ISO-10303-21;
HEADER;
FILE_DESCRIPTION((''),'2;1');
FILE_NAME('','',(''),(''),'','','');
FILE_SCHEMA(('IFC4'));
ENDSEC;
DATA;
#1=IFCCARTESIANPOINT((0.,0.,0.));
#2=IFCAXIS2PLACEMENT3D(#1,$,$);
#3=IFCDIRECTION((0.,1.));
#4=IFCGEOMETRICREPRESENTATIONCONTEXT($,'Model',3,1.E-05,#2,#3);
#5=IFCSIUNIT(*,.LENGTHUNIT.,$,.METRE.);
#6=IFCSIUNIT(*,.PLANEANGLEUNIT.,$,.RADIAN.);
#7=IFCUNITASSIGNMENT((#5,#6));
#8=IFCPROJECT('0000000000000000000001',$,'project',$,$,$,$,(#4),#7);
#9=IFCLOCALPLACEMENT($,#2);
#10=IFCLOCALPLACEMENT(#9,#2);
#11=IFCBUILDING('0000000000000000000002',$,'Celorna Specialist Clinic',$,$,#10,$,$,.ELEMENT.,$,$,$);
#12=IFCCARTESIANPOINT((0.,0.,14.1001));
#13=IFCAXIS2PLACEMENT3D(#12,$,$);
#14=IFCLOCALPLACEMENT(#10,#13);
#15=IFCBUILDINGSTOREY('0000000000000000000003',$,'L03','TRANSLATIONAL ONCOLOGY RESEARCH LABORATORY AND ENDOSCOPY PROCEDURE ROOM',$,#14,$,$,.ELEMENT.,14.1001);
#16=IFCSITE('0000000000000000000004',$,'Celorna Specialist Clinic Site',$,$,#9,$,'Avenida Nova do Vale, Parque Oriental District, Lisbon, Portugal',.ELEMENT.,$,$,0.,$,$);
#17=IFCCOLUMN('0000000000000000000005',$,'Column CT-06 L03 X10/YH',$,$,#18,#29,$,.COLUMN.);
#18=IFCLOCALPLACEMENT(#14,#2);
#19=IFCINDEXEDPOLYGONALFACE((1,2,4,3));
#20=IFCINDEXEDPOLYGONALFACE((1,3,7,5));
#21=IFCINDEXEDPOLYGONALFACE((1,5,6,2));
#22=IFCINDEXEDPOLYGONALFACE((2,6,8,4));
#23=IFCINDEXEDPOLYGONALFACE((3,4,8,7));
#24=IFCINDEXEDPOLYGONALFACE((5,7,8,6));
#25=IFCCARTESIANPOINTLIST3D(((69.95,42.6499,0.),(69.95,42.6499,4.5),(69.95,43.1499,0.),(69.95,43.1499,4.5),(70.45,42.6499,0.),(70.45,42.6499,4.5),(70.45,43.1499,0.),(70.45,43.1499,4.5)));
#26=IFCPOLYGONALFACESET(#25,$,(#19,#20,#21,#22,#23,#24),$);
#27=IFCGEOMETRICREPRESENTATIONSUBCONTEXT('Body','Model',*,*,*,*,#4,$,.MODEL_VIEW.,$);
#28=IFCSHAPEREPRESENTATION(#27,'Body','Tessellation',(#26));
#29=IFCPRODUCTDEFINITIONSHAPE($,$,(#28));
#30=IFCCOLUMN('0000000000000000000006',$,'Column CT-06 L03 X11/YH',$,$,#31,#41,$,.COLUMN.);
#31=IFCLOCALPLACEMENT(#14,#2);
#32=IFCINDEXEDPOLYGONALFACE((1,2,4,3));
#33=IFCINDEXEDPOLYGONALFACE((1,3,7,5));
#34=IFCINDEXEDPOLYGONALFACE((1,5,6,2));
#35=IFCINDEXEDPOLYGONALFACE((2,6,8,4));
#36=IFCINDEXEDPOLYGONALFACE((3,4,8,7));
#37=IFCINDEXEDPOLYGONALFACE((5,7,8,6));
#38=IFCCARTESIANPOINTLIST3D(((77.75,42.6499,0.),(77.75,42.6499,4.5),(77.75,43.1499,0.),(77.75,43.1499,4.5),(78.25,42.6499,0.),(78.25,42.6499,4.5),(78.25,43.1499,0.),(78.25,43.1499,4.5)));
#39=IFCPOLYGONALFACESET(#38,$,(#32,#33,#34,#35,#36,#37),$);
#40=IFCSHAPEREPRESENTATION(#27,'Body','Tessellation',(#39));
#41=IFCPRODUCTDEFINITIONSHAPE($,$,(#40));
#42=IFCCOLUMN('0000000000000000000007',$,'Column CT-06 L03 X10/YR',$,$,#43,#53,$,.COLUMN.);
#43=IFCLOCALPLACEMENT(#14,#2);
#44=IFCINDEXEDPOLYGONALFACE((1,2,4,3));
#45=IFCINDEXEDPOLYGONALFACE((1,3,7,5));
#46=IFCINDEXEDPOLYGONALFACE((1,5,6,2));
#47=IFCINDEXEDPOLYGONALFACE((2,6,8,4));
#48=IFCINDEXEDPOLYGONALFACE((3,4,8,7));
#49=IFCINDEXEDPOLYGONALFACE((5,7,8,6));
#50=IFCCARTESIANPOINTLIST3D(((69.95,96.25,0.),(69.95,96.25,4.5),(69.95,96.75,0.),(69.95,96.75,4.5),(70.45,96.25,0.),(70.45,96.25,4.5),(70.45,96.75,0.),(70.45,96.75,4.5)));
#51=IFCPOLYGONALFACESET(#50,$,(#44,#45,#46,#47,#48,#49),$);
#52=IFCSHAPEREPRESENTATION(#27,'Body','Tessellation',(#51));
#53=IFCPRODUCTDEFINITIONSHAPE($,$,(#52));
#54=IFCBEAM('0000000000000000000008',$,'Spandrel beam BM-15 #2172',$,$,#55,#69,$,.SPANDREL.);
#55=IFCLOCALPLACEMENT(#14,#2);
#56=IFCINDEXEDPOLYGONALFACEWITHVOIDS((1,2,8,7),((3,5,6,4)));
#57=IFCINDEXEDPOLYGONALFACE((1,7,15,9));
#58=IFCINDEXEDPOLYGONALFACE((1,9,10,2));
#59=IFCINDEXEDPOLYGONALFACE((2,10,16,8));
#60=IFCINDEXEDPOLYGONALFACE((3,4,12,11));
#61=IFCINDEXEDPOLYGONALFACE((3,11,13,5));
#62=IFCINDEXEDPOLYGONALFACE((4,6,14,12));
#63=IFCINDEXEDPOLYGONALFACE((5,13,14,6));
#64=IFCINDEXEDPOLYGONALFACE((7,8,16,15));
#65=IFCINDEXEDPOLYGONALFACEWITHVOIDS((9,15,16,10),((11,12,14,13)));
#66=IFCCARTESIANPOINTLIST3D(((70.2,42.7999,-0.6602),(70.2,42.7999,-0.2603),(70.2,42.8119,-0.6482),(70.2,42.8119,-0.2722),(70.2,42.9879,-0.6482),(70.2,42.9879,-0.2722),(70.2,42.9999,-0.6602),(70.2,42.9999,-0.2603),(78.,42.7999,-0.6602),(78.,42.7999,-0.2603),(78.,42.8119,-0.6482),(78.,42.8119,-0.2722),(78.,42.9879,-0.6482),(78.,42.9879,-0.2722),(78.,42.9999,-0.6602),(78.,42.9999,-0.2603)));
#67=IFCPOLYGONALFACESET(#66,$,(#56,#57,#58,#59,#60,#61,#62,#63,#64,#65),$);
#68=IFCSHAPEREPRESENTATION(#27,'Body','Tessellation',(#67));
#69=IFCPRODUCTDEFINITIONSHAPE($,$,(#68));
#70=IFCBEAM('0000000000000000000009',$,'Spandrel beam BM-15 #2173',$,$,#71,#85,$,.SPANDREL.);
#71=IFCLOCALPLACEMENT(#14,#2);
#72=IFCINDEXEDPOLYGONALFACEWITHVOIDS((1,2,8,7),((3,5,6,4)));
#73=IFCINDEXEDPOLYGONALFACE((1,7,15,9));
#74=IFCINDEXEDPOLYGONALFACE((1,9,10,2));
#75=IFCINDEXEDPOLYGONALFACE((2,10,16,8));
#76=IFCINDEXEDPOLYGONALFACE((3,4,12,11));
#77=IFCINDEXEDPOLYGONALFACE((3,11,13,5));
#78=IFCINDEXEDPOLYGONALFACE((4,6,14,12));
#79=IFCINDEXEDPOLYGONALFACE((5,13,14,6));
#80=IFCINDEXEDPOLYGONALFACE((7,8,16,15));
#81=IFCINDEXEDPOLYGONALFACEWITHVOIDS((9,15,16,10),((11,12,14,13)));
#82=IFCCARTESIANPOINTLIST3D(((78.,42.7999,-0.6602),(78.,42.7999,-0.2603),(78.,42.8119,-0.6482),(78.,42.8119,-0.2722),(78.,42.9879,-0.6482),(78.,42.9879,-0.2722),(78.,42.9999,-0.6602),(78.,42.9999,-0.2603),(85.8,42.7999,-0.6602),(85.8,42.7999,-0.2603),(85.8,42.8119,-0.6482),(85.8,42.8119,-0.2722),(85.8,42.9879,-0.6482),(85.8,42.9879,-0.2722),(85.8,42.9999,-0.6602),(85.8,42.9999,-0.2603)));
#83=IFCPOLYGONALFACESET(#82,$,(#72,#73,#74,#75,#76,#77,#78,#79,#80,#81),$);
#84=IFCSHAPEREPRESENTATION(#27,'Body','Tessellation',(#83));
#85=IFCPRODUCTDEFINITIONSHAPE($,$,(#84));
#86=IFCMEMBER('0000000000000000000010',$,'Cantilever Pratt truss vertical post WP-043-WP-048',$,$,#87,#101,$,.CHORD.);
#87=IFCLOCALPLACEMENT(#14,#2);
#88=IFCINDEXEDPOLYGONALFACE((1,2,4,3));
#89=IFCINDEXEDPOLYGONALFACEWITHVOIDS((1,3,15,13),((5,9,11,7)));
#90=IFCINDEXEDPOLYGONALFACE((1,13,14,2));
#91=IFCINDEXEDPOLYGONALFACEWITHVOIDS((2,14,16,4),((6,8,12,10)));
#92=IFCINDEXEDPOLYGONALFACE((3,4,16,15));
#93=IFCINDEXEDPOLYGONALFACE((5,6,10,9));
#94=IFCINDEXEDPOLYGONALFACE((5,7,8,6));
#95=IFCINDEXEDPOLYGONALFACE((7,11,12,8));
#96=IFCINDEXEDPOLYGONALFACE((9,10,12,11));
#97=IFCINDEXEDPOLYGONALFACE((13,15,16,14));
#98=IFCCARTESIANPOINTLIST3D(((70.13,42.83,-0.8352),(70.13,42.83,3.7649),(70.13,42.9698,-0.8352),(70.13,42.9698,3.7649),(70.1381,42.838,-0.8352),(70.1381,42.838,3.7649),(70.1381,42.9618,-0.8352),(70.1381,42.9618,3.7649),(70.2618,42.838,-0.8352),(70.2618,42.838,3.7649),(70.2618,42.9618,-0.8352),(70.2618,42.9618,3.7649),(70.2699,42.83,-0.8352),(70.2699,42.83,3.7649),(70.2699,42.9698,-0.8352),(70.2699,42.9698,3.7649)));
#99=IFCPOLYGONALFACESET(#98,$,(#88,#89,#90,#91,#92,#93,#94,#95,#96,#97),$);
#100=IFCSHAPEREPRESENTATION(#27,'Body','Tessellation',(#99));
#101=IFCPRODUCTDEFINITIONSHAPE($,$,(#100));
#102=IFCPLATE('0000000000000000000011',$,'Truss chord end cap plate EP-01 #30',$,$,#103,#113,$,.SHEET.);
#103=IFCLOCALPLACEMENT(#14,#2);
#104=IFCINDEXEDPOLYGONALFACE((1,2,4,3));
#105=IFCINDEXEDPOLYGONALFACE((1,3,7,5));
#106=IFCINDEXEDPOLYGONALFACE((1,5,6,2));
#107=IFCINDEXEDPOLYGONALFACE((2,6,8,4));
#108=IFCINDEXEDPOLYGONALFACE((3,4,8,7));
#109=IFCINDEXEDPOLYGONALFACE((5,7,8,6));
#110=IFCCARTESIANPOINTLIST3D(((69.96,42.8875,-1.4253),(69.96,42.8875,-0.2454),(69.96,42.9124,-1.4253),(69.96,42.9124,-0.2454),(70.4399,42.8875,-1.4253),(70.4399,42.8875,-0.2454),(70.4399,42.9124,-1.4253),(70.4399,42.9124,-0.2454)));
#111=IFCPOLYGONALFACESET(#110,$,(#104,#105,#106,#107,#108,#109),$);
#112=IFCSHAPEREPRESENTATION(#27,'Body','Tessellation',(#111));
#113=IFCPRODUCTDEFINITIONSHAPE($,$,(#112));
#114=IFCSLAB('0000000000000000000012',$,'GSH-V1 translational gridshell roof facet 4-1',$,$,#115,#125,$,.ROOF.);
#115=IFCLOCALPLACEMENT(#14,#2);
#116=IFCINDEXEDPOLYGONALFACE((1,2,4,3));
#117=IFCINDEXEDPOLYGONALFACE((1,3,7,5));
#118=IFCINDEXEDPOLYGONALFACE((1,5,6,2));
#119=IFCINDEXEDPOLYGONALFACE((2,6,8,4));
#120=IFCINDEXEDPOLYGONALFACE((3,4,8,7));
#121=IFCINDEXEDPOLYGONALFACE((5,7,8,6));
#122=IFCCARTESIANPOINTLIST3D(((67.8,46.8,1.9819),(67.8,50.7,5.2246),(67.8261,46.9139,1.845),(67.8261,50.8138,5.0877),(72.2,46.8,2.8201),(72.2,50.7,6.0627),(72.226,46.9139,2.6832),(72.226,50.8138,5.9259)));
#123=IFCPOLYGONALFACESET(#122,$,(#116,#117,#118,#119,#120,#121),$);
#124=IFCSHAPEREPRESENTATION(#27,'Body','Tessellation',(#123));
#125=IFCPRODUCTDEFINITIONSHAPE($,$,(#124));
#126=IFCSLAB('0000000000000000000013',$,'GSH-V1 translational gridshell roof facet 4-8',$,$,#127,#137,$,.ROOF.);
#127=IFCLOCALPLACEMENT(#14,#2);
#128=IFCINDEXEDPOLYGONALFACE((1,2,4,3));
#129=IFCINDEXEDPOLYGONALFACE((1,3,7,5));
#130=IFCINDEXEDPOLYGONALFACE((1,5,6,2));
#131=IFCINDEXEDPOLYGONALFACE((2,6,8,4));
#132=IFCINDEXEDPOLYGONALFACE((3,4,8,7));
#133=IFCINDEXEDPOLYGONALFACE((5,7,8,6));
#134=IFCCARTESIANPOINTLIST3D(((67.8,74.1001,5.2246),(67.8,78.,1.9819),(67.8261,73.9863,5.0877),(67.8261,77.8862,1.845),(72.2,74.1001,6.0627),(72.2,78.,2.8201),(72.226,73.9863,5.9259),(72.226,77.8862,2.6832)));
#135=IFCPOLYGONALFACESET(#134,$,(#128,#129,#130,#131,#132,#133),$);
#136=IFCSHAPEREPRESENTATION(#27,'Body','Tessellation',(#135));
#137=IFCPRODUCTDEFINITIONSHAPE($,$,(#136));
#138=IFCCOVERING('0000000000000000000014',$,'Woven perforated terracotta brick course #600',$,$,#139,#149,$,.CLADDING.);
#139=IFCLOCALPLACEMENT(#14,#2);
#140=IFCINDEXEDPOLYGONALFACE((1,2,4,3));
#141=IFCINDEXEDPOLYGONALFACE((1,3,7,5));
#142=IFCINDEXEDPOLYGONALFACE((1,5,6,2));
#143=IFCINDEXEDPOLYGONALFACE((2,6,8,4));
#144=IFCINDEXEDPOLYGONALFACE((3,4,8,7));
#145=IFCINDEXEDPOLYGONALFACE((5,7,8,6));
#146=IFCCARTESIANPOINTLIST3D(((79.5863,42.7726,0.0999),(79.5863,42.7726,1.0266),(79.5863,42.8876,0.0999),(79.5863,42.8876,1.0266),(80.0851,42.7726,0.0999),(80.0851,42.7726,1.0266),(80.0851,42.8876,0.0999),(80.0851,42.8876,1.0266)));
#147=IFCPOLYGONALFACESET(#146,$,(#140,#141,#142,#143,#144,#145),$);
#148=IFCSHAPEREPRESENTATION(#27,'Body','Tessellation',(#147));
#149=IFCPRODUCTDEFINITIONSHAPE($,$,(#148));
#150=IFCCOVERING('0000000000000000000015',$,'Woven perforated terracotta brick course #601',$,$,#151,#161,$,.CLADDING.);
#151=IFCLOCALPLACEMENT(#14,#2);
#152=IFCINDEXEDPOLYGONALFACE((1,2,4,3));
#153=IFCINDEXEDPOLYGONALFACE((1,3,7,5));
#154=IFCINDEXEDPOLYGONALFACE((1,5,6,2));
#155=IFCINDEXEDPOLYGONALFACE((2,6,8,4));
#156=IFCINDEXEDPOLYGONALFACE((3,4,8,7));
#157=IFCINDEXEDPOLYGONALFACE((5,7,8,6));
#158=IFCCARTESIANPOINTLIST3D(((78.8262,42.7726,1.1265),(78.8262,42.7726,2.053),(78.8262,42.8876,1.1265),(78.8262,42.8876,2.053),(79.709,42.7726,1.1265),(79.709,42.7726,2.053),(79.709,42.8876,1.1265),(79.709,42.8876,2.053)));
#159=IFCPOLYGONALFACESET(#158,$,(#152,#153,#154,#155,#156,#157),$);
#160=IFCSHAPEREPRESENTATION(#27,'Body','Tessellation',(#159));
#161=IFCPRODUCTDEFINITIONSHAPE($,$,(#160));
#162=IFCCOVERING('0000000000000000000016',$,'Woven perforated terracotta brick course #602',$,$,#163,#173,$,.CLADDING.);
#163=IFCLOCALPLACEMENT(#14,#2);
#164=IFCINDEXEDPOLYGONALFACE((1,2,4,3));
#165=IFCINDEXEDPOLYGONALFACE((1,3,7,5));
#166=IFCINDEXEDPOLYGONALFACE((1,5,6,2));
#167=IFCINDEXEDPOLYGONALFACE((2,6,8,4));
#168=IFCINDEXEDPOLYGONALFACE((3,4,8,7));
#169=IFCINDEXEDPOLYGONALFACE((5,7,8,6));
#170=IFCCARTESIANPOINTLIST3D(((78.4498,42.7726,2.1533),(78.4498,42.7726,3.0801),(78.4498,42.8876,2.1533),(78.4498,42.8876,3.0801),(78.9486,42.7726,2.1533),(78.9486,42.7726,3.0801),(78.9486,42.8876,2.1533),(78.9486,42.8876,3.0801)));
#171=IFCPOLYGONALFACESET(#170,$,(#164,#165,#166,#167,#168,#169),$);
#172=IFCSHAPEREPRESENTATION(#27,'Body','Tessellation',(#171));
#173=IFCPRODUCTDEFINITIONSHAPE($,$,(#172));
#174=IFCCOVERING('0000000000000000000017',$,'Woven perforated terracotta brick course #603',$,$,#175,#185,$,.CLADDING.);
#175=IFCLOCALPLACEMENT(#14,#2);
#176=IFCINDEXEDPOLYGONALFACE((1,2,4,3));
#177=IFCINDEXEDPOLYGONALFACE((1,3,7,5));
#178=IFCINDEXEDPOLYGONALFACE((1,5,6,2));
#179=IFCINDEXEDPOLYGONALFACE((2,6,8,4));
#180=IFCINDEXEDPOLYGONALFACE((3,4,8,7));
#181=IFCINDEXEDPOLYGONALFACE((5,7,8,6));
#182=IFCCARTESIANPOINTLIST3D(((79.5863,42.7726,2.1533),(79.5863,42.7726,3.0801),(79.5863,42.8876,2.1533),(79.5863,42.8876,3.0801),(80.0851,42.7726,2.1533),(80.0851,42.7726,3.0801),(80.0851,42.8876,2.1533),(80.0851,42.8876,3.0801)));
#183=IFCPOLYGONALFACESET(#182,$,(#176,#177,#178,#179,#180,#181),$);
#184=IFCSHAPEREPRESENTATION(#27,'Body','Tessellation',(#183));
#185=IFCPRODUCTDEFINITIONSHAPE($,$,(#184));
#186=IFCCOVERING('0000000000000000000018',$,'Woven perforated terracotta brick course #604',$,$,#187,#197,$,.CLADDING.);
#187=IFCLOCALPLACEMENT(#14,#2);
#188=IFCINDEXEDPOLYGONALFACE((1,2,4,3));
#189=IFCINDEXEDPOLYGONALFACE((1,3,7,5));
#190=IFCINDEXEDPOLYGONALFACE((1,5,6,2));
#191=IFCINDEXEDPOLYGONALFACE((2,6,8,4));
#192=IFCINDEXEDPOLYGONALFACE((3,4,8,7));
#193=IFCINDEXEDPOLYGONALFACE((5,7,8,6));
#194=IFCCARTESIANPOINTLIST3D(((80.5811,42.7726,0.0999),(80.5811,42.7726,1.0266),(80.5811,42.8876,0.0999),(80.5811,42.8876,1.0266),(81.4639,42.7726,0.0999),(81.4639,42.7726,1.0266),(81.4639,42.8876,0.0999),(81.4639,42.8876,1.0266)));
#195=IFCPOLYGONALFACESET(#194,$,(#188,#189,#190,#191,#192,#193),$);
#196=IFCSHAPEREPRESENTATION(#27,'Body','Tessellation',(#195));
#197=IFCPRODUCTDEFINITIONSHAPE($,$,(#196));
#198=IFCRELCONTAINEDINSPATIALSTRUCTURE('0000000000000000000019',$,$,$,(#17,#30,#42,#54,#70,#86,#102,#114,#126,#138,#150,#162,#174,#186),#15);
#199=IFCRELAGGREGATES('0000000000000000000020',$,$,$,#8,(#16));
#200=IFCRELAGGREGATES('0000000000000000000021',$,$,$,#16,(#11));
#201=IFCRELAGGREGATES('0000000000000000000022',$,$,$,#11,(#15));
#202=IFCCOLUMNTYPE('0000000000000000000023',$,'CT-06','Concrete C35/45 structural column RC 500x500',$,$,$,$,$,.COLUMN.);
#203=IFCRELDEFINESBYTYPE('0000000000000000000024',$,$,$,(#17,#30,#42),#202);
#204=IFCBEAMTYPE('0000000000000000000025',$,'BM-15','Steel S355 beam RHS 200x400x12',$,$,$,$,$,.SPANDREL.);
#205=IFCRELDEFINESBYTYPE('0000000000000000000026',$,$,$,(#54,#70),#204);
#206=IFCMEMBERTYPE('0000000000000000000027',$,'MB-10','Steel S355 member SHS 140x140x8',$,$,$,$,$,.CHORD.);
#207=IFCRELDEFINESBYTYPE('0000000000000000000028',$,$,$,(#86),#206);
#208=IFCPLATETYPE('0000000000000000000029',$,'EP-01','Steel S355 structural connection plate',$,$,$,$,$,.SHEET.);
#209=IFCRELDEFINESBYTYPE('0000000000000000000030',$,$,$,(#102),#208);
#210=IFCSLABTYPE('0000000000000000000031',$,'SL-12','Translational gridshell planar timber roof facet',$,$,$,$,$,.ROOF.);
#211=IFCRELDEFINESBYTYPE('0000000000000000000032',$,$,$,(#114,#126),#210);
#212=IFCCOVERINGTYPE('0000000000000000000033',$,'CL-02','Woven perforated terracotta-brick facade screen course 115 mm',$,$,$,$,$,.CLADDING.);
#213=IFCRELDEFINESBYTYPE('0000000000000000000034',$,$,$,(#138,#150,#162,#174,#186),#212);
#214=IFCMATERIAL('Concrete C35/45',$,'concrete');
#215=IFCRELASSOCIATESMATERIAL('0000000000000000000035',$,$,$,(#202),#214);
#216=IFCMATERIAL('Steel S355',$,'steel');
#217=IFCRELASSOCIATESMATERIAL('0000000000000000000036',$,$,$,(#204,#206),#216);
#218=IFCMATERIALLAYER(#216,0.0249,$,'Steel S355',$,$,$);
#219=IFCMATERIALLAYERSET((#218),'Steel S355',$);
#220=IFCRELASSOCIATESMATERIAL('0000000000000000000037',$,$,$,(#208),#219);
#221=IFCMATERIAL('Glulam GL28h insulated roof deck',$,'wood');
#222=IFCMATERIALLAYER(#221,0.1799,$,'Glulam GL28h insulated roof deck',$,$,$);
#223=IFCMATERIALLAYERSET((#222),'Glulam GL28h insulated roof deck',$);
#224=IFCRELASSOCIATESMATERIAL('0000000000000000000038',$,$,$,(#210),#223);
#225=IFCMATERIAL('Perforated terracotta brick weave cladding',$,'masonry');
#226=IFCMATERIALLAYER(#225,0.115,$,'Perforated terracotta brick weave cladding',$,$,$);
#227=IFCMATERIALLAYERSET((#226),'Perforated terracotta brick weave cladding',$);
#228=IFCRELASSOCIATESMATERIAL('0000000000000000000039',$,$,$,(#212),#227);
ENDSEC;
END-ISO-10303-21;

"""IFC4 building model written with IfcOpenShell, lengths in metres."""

from ifc_helpers import new_model, si_unit, direction, frame, origin, origin_2d, place, context, subcontext, project, spatial, polyline, rectangle, hollow_rectangle, outline, extrude, material, layer, layer_set, material_profile, profile_set, type_object, element, save


model = new_model("IFC4")

# Units and contexts
model_context = context("Model", 3, precision=1e-05, world=origin(), true_north=direction((0.0, 1.0)))
body_context = subcontext(model_context, "Body", "Model", "MODEL_VIEW")
ifc_project = project(units=[si_unit("LENGTHUNIT", "METRE"), si_unit("PLANEANGLEUNIT", "RADIAN")], contexts=[model_context])

# Site, building, storey
site_placement = place(None, origin())
site = spatial("IfcSite", under=ifc_project, at=site_placement, Name="Celorna Specialist Clinic Site", LongName="Avenida Nova do Vale, Parque Oriental District, Lisbon, Portugal", CompositionType="ELEMENT", RefElevation=0.0)
building_placement = place(site_placement, origin())
building = spatial("IfcBuilding", under=site, at=building_placement, Name="Celorna Specialist Clinic", CompositionType="ELEMENT")
storey_placement = place(building_placement, frame((0.0, 0.0, 14.1001)))
storey = spatial("IfcBuildingStorey", under=building, at=storey_placement, Name="L03", Description="TRANSLATIONAL ONCOLOGY RESEARCH LABORATORY AND ENDOSCOPY PROCEDURE ROOM", CompositionType="ELEMENT", Elevation=14.1001)

# Columns
ifc_material_1 = material(Name="Concrete C35/45", Category="concrete")
ifc_material_profile_1 = material_profile(ifc_material_1, rectangle(XDim=0.5, YDim=0.5, at=origin_2d()), Name="RC 500x500")
ifc_profile_set_1 = profile_set([ifc_material_profile_1], Name="Concrete C35/45")
column_type = type_object("IfcColumnType", Name="CT-06", Description="Concrete C35/45 structural column RC 500x500", PredefinedType="COLUMN", material=ifc_profile_set_1)
for number, where, z_axis, x_axis, name in (
    (1, (70.2, 42.8999, 0.0), (0.0, 0.0, 1.0), (1.0, 0.0, 0.0), "Column CT-06 L03 X10/YH"),
    (2, (78.0, 42.8999, 0.0), (0.0, 0.0, 1.0), (1.0, 0.0, 0.0), "Column CT-06 L03 X11/YH"),
    (3, (70.2, 96.5, 0.0), (0.0, 0.0, 1.0), (1.0, 0.0, 0.0), "Column CT-06 L03 X10/YR"),
):
    element("IfcColumn", number, at=place(storey_placement, frame(where, z_axis=z_axis, x_axis=x_axis)), inside=storey, type_object=column_type, Name=name, PredefinedType="COLUMN", context=body_context, shape_type="SweptSolid", body=[
        extrude(rectangle(XDim=0.5, YDim=0.5, at=origin_2d()), origin(), (0.0, 0.0, 1.0), 4.5),
    ])

# Beams
ifc_material_2 = material(Name="Steel S355", Category="steel")
ifc_material_profile_2 = material_profile(ifc_material_2, hollow_rectangle(XDim=0.2, YDim=0.3999, WallThickness=0.012, at=origin_2d()), Name="RHS 200x400x12")
ifc_profile_set_2 = profile_set([ifc_material_profile_2], Name="Steel S355")
beam_type = type_object("IfcBeamType", Name="BM-15", Description="Steel S355 beam RHS 200x400x12", PredefinedType="SPANDREL", material=ifc_profile_set_2)
for number, where, z_axis, x_axis, name in (
    (4, (70.2, 42.8999, -0.4602), (1.0, 0.0, 0.0), (0.0, 1.0, 0.0), "Spandrel beam BM-15 #2172"),
    (5, (78.0, 42.8999, -0.4602), (1.0, 0.0, 0.0), (0.0, 1.0, 0.0), "Spandrel beam BM-15 #2173"),
):
    element("IfcBeam", number, at=place(storey_placement, frame(where, z_axis=z_axis, x_axis=x_axis)), inside=storey, type_object=beam_type, Name=name, PredefinedType="SPANDREL", context=body_context, shape_type="SweptSolid", body=[
        extrude(hollow_rectangle(XDim=0.2, YDim=0.3999, WallThickness=0.012, at=origin_2d()), origin(), (0.0, 0.0, 1.0), 7.8),
    ])

# Member
ifc_material_profile_3 = material_profile(ifc_material_2, hollow_rectangle(XDim=0.1399, YDim=0.1399, WallThickness=0.0081, at=origin_2d()), Name="SHS 140x140x8")
ifc_profile_set_3 = profile_set([ifc_material_profile_3], Name="Steel S355")
member_type = type_object("IfcMemberType", Name="MB-10", Description="Steel S355 member SHS 140x140x8", PredefinedType="CHORD", material=ifc_profile_set_3)
member_placement = place(storey_placement, frame((70.2, 42.8999, -0.8352), z_axis=(0.0, 0.0, 1.0), x_axis=(1.0, 0.0, 0.0)))
element("IfcMember", 6, at=member_placement, inside=storey, type_object=member_type, Name="Cantilever Pratt truss vertical post WP-043-WP-048", PredefinedType="CHORD", context=body_context, shape_type="SweptSolid", body=[
    extrude(hollow_rectangle(XDim=0.1399, YDim=0.1399, WallThickness=0.0081, at=origin_2d()), origin(), (0.0, 0.0, 1.0), 4.6001),
])

# Plate
ifc_layer_1 = layer(ifc_material_2, 0.0249, Name="Steel S355")
ifc_layer_set_1 = layer_set([ifc_layer_1], Name="Steel S355")
plate_type = type_object("IfcPlateType", Name="EP-01", Description="Steel S355 structural connection plate", PredefinedType="SHEET", material=ifc_layer_set_1)
plate_placement = place(storey_placement, frame((70.2, 42.8999, -1.4253), z_axis=(0.0, 0.0, 1.0), x_axis=(1.0, 0.0, 0.0)))
element("IfcPlate", 7, at=plate_placement, inside=storey, type_object=plate_type, Name="Truss chord end cap plate EP-01 #30", PredefinedType="SHEET", context=body_context, shape_type="SweptSolid", body=[
    extrude(rectangle(XDim=0.48, YDim=0.0249, at=origin_2d()), origin(), (0.0, 0.0, 1.0), 1.1799),
])

# Slabs
ifc_material_3 = material(Name="Glulam GL28h insulated roof deck", Category="wood")
ifc_layer_2 = layer(ifc_material_3, 0.1799, Name="Glulam GL28h insulated roof deck")
ifc_layer_set_2 = layer_set([ifc_layer_2], Name="Glulam GL28h insulated roof deck")
slab_type = type_object("IfcSlabType", Name="SL-12", Description="Translational gridshell planar timber roof facet", PredefinedType="ROOF", material=ifc_layer_set_2)
slab_1_placement = place(storey_placement, frame((67.8, 46.8, 1.9819), z_axis=(-0.144925, -0.632591, 0.760805), x_axis=(0.982336, 0.0, 0.187125)))
element("IfcSlab", 8, at=slab_1_placement, inside=storey, type_object=slab_type, Name="GSH-V1 translational gridshell roof facet 4-1", PredefinedType="ROOF", context=body_context, shape_type="SweptSolid", body=[
    extrude(outline(polyline([(0.0, 0.0), (4.479, 0.0), (5.0858, 5.0355), (0.6068, 5.0355), (0.0, 0.0)])), origin(), (0.0, 0.0, -1.0), 0.1799),
])
slab_2_placement = place(storey_placement, frame((67.8, 74.1001, 5.2246), z_axis=(-0.144925, 0.632591, 0.760805), x_axis=(0.982336, 0.0, 0.187125)))
element("IfcSlab", 9, at=slab_2_placement, inside=storey, type_object=slab_type, Name="GSH-V1 translational gridshell roof facet 4-8", PredefinedType="ROOF", context=body_context, shape_type="SweptSolid", body=[
    extrude(outline(polyline([(0.0, 0.0), (4.479, 0.0), (3.8722, 5.0355), (-0.6068, 5.0355), (0.0, 0.0)])), origin(), (0.0, 0.0, -1.0), 0.1799),
])

# Coverings
ifc_material_4 = material(Name="Perforated terracotta brick weave cladding", Category="masonry")
ifc_layer_3 = layer(ifc_material_4, 0.115, Name="Perforated terracotta brick weave cladding")
ifc_layer_set_3 = layer_set([ifc_layer_3], Name="Perforated terracotta brick weave cladding")
covering_type_1 = type_object("IfcCoveringType", Name="CL-02", Description="Woven perforated terracotta-brick facade screen course 115 mm", PredefinedType="CLADDING", material=ifc_layer_set_3)
covering_1_placement = place(storey_placement, frame((79.8357, 42.8301, 0.0999), z_axis=(0.0, 0.0, 1.0), x_axis=(1.0, 0.0, 0.0)))
element("IfcCovering", 10, at=covering_1_placement, inside=storey, type_object=covering_type_1, Name="Woven perforated terracotta brick course #600", PredefinedType="CLADDING", context=body_context, shape_type="SweptSolid", body=[
    extrude(rectangle(XDim=0.4988, YDim=0.115, at=origin_2d()), origin(), (0.0, 0.0, 1.0), 0.9268),
])
covering_2_placement = place(storey_placement, frame((79.2676, 42.8301, 1.1265), z_axis=(0.0, 0.0, 1.0), x_axis=(1.0, 0.0, 0.0)))
element("IfcCovering", 11, at=covering_2_placement, inside=storey, type_object=covering_type_1, Name="Woven perforated terracotta brick course #601", PredefinedType="CLADDING", context=body_context, shape_type="SweptSolid", body=[
    extrude(rectangle(XDim=0.8828, YDim=0.115, at=origin_2d()), origin(), (0.0, 0.0, 1.0), 0.9265),
])
for number, where, z_axis, x_axis, name in (
    (12, (78.6992, 42.8301, 2.1533), (0.0, 0.0, 1.0), (1.0, 0.0, 0.0), "Woven perforated terracotta brick course #602"),
    (13, (79.8357, 42.8301, 2.1533), (0.0, 0.0, 1.0), (1.0, 0.0, 0.0), "Woven perforated terracotta brick course #603"),
):
    element("IfcCovering", number, at=place(storey_placement, frame(where, z_axis=z_axis, x_axis=x_axis)), inside=storey, type_object=covering_type_1, Name=name, PredefinedType="CLADDING", context=body_context, shape_type="SweptSolid", body=[
        extrude(rectangle(XDim=0.4988, YDim=0.115, at=origin_2d()), origin(), (0.0, 0.0, 1.0), 0.9268),
    ])
covering_3_placement = place(storey_placement, frame((81.0225, 42.8301, 0.0999), z_axis=(0.0, 0.0, 1.0), x_axis=(1.0, 0.0, 0.0)))
element("IfcCovering", 14, at=covering_3_placement, inside=storey, type_object=covering_type_1, Name="Woven perforated terracotta brick course #604", PredefinedType="CLADDING", context=body_context, shape_type="SweptSolid", body=[
    extrude(rectangle(XDim=0.8828, YDim=0.115, at=origin_2d()), origin(), (0.0, 0.0, 1.0), 0.9268),
])

save(model, "model.ifc")
